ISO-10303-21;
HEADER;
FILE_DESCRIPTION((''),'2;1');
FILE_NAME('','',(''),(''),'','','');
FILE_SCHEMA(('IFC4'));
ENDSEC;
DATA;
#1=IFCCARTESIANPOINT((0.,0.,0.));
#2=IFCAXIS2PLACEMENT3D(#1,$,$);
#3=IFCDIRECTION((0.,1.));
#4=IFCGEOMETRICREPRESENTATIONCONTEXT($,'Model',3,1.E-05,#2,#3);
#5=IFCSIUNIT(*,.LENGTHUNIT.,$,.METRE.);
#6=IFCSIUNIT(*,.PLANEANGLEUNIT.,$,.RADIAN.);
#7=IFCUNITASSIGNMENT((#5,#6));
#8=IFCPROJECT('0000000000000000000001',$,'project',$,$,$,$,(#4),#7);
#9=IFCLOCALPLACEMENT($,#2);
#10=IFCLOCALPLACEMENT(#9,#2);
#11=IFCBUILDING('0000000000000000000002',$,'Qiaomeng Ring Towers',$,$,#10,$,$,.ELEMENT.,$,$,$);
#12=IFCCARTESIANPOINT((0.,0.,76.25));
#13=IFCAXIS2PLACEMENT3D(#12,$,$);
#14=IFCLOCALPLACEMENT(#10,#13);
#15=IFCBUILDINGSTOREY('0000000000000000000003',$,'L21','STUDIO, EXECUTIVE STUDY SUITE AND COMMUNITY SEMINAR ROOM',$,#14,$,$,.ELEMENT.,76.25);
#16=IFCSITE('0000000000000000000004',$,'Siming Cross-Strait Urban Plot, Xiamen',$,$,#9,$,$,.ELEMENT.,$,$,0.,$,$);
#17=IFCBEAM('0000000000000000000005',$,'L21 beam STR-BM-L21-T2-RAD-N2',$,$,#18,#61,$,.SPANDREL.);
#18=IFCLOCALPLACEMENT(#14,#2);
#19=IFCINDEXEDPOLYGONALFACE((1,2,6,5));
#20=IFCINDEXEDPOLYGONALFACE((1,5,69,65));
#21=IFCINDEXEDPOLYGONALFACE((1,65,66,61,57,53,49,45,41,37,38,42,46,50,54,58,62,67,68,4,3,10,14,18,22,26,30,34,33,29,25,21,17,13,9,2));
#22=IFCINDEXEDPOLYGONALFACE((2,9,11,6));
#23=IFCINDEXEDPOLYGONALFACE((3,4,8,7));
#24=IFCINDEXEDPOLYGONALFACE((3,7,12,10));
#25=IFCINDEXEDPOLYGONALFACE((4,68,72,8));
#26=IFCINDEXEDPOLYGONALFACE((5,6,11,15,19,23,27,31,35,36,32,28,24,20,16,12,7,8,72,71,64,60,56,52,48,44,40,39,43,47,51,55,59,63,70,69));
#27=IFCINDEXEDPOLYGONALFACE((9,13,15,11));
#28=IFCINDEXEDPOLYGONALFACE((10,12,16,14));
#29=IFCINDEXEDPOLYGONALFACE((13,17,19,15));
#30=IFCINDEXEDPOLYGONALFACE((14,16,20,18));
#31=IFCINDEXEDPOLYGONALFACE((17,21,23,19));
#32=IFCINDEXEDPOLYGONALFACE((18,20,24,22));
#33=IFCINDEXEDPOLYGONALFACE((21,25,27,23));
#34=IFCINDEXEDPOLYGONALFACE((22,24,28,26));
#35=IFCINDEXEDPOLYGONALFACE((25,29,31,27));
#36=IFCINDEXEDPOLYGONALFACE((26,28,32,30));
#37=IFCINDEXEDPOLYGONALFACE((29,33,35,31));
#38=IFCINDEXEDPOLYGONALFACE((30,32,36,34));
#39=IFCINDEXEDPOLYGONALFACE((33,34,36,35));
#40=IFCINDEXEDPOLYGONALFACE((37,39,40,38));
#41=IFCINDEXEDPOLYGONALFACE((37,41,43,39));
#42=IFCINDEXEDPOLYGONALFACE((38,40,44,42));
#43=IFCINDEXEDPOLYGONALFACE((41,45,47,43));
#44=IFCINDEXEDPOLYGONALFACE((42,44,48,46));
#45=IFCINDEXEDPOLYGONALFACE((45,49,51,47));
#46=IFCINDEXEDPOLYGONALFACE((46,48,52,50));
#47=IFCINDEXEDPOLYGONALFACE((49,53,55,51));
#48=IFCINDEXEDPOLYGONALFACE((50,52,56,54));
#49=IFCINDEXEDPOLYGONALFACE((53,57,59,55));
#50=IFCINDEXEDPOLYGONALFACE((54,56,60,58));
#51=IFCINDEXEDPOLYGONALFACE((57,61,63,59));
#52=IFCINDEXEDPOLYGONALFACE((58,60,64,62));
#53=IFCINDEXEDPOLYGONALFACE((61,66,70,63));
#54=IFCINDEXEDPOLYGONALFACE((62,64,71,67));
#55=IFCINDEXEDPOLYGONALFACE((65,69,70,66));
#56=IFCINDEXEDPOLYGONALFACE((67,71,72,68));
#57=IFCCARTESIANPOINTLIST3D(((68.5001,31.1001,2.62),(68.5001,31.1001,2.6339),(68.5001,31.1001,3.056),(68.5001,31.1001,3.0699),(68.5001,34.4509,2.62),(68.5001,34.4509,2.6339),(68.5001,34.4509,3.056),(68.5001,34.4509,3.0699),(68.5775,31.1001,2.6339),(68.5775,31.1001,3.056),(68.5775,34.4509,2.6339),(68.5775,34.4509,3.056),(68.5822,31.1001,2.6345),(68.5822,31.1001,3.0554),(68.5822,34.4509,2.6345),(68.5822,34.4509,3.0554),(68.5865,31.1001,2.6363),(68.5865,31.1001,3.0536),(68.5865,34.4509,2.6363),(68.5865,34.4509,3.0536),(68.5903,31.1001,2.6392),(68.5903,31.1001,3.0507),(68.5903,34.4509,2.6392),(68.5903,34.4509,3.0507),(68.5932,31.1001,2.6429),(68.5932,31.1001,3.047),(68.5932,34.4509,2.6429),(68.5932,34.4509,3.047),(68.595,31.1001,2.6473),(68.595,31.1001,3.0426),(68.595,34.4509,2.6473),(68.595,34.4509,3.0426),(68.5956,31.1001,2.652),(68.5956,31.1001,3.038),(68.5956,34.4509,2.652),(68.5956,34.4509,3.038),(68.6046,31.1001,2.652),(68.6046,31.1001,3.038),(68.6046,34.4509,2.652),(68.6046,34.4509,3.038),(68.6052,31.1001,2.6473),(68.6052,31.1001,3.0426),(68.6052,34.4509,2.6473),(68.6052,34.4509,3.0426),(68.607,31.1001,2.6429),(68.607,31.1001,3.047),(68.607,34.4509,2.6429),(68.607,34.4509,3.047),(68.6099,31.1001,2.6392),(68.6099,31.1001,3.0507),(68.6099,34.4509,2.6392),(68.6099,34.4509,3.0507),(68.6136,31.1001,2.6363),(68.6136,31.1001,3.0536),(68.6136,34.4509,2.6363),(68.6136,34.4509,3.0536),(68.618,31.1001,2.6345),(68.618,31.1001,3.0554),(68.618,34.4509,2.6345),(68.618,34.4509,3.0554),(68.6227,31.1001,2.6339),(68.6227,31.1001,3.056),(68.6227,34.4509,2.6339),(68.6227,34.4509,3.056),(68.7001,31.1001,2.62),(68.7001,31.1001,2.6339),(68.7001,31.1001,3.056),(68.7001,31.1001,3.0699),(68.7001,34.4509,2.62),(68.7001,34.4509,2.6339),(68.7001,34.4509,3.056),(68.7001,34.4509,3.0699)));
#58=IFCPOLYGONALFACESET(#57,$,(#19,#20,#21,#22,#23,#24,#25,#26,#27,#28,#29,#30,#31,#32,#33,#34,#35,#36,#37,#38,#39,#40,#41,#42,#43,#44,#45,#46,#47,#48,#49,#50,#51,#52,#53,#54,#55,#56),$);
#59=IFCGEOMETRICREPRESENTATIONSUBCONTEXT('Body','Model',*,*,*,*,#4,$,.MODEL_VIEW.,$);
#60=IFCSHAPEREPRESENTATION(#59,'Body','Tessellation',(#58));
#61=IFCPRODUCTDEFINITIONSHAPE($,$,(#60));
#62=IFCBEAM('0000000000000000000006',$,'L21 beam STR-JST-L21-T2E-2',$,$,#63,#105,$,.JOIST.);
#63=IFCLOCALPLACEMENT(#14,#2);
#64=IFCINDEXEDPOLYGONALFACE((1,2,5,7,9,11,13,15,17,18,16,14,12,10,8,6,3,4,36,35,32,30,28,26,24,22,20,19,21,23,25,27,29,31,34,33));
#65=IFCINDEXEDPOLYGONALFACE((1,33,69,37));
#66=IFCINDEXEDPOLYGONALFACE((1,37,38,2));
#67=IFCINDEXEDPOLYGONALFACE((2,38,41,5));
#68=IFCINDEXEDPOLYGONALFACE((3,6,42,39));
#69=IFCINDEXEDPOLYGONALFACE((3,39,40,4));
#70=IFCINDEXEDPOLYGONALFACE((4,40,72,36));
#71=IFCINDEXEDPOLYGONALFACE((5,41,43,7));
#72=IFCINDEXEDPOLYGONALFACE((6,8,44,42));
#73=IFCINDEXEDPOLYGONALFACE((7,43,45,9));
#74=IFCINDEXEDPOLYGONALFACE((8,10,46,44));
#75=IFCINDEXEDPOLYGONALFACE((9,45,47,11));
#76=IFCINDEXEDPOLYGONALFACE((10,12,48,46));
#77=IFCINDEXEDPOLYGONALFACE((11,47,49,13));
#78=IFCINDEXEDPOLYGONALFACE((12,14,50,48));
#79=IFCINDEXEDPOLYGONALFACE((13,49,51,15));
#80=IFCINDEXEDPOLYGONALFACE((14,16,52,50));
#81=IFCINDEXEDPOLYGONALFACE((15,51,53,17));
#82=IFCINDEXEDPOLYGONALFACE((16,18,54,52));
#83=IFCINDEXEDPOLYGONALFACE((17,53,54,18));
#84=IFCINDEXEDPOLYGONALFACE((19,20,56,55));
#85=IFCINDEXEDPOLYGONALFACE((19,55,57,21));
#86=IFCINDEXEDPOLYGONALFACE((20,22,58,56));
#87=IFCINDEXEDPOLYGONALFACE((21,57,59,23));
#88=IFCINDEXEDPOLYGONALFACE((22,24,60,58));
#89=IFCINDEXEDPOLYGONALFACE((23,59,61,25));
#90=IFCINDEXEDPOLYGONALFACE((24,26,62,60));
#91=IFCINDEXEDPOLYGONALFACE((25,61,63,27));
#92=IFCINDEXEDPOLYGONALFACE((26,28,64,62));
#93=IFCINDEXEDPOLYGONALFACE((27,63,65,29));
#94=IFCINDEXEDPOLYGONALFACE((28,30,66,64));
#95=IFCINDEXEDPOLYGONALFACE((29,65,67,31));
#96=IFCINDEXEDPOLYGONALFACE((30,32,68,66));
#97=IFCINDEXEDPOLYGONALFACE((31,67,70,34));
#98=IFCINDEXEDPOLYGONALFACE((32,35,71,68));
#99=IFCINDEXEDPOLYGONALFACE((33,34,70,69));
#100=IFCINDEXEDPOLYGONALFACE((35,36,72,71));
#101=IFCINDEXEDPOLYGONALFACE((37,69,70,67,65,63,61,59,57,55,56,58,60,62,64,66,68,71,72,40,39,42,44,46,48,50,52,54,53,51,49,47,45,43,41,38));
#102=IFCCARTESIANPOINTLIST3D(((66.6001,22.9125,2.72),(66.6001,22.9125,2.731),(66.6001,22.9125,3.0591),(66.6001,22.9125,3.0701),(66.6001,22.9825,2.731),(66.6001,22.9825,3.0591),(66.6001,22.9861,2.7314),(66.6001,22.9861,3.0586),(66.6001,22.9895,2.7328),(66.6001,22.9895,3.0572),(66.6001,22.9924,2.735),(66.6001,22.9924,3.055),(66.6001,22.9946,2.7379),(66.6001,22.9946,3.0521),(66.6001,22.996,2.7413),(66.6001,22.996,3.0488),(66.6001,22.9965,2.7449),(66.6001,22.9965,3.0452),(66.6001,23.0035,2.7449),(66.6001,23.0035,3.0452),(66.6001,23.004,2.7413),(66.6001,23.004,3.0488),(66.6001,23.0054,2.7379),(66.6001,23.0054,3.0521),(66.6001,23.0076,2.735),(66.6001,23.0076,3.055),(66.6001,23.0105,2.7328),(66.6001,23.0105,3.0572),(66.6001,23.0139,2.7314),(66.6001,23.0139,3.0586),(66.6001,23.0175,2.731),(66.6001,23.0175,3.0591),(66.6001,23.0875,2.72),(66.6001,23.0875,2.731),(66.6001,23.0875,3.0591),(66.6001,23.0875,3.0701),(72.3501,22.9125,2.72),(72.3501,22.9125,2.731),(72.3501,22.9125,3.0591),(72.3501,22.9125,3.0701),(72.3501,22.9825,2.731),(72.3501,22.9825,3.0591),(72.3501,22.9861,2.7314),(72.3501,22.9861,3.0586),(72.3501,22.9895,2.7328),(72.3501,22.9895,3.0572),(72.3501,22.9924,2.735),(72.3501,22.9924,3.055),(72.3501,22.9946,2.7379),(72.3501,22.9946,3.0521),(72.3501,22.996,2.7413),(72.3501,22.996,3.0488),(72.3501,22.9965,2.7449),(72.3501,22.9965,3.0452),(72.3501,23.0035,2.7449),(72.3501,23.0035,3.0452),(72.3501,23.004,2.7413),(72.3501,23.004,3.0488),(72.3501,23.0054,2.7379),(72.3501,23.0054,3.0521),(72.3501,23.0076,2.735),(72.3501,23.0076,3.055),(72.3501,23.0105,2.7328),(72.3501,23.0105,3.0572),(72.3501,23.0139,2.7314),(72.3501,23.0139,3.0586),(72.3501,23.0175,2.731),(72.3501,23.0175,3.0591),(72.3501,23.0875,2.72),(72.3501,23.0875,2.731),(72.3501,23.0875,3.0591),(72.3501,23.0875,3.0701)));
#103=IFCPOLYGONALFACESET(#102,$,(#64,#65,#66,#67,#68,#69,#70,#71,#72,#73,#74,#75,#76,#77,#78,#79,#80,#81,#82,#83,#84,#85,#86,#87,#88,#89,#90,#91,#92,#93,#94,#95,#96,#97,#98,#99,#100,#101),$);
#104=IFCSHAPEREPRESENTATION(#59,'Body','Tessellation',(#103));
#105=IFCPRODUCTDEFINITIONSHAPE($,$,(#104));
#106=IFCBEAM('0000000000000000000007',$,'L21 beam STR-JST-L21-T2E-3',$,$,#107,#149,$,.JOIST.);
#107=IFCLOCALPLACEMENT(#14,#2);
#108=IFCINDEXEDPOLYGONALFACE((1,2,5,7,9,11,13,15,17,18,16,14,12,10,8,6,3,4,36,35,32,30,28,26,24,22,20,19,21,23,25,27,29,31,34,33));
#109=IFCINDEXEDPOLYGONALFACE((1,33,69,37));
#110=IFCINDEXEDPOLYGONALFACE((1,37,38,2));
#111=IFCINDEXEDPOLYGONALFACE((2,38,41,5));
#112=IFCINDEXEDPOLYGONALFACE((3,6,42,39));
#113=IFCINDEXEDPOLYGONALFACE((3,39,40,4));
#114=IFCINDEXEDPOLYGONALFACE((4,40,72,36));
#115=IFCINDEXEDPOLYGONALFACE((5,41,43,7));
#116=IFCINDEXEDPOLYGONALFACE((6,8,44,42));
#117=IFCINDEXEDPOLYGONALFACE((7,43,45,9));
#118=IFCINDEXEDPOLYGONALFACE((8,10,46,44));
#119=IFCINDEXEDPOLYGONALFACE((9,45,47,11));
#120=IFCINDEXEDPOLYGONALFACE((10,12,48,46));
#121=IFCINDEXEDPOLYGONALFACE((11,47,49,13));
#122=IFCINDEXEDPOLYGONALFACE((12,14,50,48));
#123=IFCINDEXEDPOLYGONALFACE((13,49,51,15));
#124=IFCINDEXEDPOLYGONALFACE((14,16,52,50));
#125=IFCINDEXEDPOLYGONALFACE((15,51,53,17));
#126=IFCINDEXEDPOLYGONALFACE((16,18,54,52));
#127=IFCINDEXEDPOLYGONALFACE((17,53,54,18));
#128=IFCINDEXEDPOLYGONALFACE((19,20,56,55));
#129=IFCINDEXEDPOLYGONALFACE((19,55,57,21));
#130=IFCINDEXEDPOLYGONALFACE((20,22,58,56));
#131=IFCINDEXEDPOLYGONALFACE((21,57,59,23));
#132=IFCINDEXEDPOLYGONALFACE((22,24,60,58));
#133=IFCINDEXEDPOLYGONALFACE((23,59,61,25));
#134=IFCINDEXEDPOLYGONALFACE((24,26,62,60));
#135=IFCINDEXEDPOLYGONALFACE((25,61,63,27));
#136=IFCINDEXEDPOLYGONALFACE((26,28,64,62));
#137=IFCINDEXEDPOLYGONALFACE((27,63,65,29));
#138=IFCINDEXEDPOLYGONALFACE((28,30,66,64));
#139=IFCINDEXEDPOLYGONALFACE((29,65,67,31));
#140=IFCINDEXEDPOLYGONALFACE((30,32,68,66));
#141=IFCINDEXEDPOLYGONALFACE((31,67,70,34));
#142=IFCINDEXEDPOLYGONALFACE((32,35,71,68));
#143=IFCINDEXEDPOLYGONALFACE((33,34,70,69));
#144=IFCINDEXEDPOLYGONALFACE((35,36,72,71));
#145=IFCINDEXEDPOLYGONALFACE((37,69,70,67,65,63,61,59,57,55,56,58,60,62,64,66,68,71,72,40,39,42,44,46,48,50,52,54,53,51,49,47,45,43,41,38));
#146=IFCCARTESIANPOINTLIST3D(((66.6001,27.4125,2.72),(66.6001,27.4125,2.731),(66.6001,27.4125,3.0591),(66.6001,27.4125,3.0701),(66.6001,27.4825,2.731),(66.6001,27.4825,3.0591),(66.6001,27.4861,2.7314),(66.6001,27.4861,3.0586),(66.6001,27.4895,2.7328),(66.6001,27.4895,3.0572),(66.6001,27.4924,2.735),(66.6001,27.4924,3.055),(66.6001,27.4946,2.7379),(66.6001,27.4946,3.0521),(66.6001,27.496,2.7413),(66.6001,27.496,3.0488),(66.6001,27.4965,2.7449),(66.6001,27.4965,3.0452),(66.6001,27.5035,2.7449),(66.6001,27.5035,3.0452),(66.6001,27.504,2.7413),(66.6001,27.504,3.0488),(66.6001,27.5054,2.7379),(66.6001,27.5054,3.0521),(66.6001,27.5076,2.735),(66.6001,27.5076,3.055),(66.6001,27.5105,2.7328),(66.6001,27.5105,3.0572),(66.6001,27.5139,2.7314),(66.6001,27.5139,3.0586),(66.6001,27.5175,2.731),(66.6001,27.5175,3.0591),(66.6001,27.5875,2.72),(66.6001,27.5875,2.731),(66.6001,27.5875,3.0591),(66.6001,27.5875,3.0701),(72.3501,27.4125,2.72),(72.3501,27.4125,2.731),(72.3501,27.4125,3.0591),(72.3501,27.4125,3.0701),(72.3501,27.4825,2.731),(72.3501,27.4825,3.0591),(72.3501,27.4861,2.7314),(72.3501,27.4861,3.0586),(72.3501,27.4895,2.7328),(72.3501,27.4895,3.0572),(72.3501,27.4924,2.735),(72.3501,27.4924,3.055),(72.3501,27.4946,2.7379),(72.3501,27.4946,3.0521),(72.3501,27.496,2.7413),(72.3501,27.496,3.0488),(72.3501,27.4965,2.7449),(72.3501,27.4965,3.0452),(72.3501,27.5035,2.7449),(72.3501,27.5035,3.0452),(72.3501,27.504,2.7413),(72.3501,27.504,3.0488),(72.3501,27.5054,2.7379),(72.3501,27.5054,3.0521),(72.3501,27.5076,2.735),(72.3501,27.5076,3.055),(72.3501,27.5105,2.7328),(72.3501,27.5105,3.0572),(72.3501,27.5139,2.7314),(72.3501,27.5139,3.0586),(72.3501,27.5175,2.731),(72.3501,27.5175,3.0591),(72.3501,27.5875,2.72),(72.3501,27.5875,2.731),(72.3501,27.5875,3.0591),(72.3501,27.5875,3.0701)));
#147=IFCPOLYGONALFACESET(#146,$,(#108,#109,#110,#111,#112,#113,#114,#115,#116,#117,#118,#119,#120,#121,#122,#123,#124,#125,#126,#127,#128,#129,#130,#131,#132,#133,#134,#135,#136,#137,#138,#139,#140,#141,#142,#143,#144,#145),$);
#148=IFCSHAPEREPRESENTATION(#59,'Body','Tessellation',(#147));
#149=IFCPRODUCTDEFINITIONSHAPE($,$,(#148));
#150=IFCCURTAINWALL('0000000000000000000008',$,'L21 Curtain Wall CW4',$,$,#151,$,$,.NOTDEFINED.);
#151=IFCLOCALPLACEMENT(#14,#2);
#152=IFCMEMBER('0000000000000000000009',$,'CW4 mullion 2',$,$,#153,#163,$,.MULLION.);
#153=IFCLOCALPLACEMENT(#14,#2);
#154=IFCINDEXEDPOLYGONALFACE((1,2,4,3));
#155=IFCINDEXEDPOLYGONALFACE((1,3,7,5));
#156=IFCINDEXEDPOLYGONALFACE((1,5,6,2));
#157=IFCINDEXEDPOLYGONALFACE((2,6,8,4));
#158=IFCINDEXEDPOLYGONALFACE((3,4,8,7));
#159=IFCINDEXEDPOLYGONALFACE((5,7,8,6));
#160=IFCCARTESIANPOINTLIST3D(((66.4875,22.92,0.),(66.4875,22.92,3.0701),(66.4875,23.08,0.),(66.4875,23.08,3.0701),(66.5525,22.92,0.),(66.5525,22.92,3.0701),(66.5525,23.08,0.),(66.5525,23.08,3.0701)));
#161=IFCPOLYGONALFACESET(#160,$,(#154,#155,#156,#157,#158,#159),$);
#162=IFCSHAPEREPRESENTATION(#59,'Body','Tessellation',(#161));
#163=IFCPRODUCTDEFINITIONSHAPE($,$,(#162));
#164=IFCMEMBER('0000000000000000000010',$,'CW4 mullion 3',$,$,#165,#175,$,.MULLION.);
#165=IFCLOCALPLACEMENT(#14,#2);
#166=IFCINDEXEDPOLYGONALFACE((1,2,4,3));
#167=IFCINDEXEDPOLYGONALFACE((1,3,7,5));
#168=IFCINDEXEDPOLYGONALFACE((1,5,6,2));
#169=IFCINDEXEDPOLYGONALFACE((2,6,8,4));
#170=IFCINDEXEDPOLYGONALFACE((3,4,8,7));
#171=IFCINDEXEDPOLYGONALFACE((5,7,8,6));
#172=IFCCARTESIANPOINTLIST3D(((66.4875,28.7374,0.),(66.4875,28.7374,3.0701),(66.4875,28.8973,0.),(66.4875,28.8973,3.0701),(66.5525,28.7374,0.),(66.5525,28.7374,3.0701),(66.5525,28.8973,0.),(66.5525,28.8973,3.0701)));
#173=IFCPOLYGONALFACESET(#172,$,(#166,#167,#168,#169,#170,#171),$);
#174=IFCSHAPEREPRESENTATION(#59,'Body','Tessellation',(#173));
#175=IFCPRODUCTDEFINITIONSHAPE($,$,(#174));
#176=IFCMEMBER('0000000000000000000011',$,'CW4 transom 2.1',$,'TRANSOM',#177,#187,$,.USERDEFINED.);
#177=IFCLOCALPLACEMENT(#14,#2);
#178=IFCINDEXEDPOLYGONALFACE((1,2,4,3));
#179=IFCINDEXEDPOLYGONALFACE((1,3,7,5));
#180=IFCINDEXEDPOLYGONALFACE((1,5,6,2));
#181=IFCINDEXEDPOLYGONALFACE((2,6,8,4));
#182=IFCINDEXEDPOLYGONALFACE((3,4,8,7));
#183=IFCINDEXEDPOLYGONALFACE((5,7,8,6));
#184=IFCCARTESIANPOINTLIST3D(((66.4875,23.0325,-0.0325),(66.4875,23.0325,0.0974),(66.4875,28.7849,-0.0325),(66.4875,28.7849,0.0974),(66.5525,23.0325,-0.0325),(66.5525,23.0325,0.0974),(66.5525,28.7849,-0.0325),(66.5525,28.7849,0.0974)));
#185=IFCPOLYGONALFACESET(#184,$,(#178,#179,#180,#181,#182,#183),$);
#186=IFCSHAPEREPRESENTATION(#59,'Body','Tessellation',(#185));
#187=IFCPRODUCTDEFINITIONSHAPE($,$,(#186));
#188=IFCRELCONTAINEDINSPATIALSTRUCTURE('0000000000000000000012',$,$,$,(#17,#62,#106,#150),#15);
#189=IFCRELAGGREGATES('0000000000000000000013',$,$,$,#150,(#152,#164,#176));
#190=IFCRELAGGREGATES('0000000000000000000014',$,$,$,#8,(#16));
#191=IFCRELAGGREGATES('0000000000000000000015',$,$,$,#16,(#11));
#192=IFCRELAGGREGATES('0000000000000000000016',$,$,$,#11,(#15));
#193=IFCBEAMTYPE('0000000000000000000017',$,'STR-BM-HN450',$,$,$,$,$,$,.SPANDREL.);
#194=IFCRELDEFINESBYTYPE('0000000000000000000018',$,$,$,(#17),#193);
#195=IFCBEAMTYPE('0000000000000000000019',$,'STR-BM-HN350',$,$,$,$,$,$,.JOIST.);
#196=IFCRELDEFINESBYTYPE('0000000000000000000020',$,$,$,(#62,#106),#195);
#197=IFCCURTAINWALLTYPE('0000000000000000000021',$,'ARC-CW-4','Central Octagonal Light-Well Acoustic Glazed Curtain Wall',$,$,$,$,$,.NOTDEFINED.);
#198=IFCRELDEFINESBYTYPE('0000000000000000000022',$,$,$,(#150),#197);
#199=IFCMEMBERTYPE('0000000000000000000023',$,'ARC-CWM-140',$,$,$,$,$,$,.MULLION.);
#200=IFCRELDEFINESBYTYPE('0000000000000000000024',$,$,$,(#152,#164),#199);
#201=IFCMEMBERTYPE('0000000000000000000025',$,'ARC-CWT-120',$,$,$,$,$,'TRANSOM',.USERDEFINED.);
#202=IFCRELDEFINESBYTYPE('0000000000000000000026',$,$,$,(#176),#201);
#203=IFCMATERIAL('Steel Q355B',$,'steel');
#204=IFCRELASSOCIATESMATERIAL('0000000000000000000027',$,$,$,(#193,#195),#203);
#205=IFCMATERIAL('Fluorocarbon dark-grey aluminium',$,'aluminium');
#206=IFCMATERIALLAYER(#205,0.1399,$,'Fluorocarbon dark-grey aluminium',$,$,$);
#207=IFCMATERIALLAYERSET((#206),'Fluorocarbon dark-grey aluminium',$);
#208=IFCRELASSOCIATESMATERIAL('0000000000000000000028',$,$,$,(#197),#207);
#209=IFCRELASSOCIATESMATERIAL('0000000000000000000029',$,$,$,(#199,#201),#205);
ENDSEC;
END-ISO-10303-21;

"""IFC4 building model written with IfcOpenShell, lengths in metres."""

from ifc_helpers import new_model, si_unit, direction, frame, origin, origin_2d, place, context, subcontext, project, spatial, rectangle, i_section, extrude, source, transform, mapped, material, layer, layer_set, material_profile, profile_set, type_object, element, aggregate, save


model = new_model("IFC4")

# Units and contexts
model_context = context("Model", 3, precision=1e-05, world=origin(), true_north=direction((0.0, 1.0)))
body_context = subcontext(model_context, "Body", "Model", "MODEL_VIEW")
ifc_project = project(units=[si_unit("LENGTHUNIT", "METRE"), si_unit("PLANEANGLEUNIT", "RADIAN")], contexts=[model_context])

# Site, building, storey
site_placement = place(None, origin())
site = spatial("IfcSite", under=ifc_project, at=site_placement, Name="Siming Cross-Strait Urban Plot, Xiamen", CompositionType="ELEMENT", RefElevation=0.0)
building_placement = place(site_placement, origin())
building = spatial("IfcBuilding", under=site, at=building_placement, Name="Qiaomeng Ring Towers", CompositionType="ELEMENT")
storey_placement = place(building_placement, frame((0.0, 0.0, 76.25)))
storey = spatial("IfcBuildingStorey", under=building, at=storey_placement, Name="L21", Description="STUDIO, EXECUTIVE STUDY SUITE AND COMMUNITY SEMINAR ROOM", CompositionType="ELEMENT", Elevation=76.25)

# Beams
ifc_material_1 = material(Name="Steel Q355B", Category="steel")
ifc_material_profile_1 = material_profile(ifc_material_1, i_section(OverallWidth=0.2, OverallDepth=0.45, WebThickness=0.009, FlangeThickness=0.0139, FilletRadius=0.0181, at=origin_2d()), Name="HN 450x200x9x14")
ifc_profile_set_1 = profile_set([ifc_material_profile_1], Name="Steel Q355B")
beam_type_1 = type_object("IfcBeamType", Name="STR-BM-HN450", PredefinedType="SPANDREL", material=ifc_profile_set_1)
shared_shape_1 = source(origin(), body_context, "Body", "SweptSolid", [
    extrude(i_section(OverallWidth=0.2, OverallDepth=0.45, WebThickness=0.009, FlangeThickness=0.0139, FilletRadius=0.0181, at=origin_2d()), origin(), (0.0, 0.0, 1.0), 3.3508),
])
beam_1_placement = place(storey_placement, frame((68.6001, 34.4509, 2.845), z_axis=(0.0, -1.0, 0.0), x_axis=(1.0, 0.0, 0.0)))
element("IfcBeam", 1, at=beam_1_placement, inside=storey, type_object=beam_type_1, Name="L21 beam STR-BM-L21-T2-RAD-N2", PredefinedType="SPANDREL", context=body_context, shape_type="MappedRepresentation", body=[
    mapped(shared_shape_1, transform((0.0, 0.0, 0.0), x_axis=(1.0, 0.0, 0.0), y_axis=(0.0, 1.0, 0.0), z_axis=(0.0, 0.0, 1.0), scale=1.0)),
])
ifc_material_profile_2 = material_profile(ifc_material_1, i_section(OverallWidth=0.175, OverallDepth=0.3501, WebThickness=0.0071, FlangeThickness=0.011, FilletRadius=0.0139, at=origin_2d()), Name="HN 350x175x7x11")
ifc_profile_set_2 = profile_set([ifc_material_profile_2], Name="Steel Q355B")
beam_type_2 = type_object("IfcBeamType", Name="STR-BM-HN350", PredefinedType="JOIST", material=ifc_profile_set_2)
shared_shape_2 = source(origin(), body_context, "Body", "SweptSolid", [
    extrude(i_section(OverallWidth=0.175, OverallDepth=0.3501, WebThickness=0.0071, FlangeThickness=0.011, FilletRadius=0.0139, at=origin_2d()), origin(), (0.0, 0.0, 1.0), 5.75),
])
for number, where, z_axis, x_axis, name in (
    (2, (66.6001, 23.0, 2.895), (1.0, 0.0, 0.0), (0.0, 1.0, 0.0), "L21 beam STR-JST-L21-T2E-2"),
    (3, (66.6001, 27.5, 2.895), (1.0, 0.0, 0.0), (0.0, 1.0, 0.0), "L21 beam STR-JST-L21-T2E-3"),
):
    element("IfcBeam", number, at=place(storey_placement, frame(where, z_axis=z_axis, x_axis=x_axis)), inside=storey, type_object=beam_type_2, Name=name, PredefinedType="JOIST", context=body_context, shape_type="MappedRepresentation", body=[
        mapped(shared_shape_2, transform((0.0, 0.0, 0.0), x_axis=(1.0, 0.0, 0.0), y_axis=(0.0, 1.0, 0.0), z_axis=(0.0, 0.0, 1.0), scale=1.0)),
    ])

# Curtain wall, members
ifc_material_2 = material(Name="Fluorocarbon dark-grey aluminium", Category="aluminium")
ifc_layer_1 = layer(ifc_material_2, 0.1399, Name="Fluorocarbon dark-grey aluminium")
ifc_layer_set_1 = layer_set([ifc_layer_1], Name="Fluorocarbon dark-grey aluminium")
curtain_wall_type_1 = type_object("IfcCurtainWallType", Name="ARC-CW-4", Description="Central Octagonal Light-Well Acoustic Glazed Curtain Wall", PredefinedType="NOTDEFINED", material=ifc_layer_set_1)
curtain_wall_1_placement = place(storey_placement, origin())
curtain_wall_1 = element("IfcCurtainWall", 4, at=curtain_wall_1_placement, inside=storey, type_object=curtain_wall_type_1, Name="L21 Curtain Wall CW4", PredefinedType="NOTDEFINED")
ifc_material_profile_3 = material_profile(ifc_material_2, rectangle(XDim=0.0649, YDim=0.1599, at=origin_2d()), Name="ALU MULL 65x160")
ifc_profile_set_3 = profile_set([ifc_material_profile_3], Name="Fluorocarbon dark-grey aluminium")
member_type_1 = type_object("IfcMemberType", Name="ARC-CWM-140", PredefinedType="MULLION", material=ifc_profile_set_3)
shared_shape_3 = source(origin(), body_context, "Body", "SweptSolid", [
    extrude(rectangle(XDim=0.0649, YDim=0.1599, at=origin_2d()), origin(), (0.0, 0.0, 1.0), 3.0701),
])
member_1_placement = place(storey_placement, frame((66.52, 23.0, 0.0), z_axis=(0.0, 0.0, 1.0), x_axis=(-1.0, 0.0, 0.0)))
member_1 = element("IfcMember", 5, at=member_1_placement, type_object=member_type_1, Name="CW4 mullion 2", PredefinedType="MULLION", context=body_context, shape_type="MappedRepresentation", body=[
    mapped(shared_shape_3, transform((0.0, 0.0, 0.0), x_axis=(1.0, 0.0, 0.0), y_axis=(0.0, 1.0, 0.0), z_axis=(0.0, 0.0, 1.0), scale=1.0)),
])
member_2_placement = place(storey_placement, frame((66.52, 28.8174, 0.0), z_axis=(0.0, 0.0, 1.0), x_axis=(-1.0, 0.0, 0.0)))
member_2 = element("IfcMember", 6, at=member_2_placement, type_object=member_type_1, Name="CW4 mullion 3", PredefinedType="MULLION", context=body_context, shape_type="MappedRepresentation", body=[
    mapped(shared_shape_3, transform((0.0, 0.0, 0.0), x_axis=(1.0, 0.0, 0.0), y_axis=(0.0, 1.0, 0.0), z_axis=(0.0, 0.0, 1.0), scale=1.0)),
])
ifc_material_profile_4 = material_profile(ifc_material_2, rectangle(XDim=0.0649, YDim=0.1299, at=origin_2d()), Name="ALU TRAN 65x130")
ifc_profile_set_4 = profile_set([ifc_material_profile_4], Name="Fluorocarbon dark-grey aluminium")
member_type_2 = type_object("IfcMemberType", Name="ARC-CWT-120", ElementType="TRANSOM", PredefinedType="USERDEFINED", material=ifc_profile_set_4)
shared_shape_4 = source(origin(), body_context, "Body", "SweptSolid", [
    extrude(rectangle(XDim=0.0649, YDim=0.1299, at=origin_2d()), origin(), (0.0, 0.0, 1.0), 5.7524),
])
member_3_placement = place(storey_placement, frame((66.52, 23.0325, 0.0325), z_axis=(0.0, 1.0, 0.0), x_axis=(-1.0, 0.0, 0.0)))
member_3 = element("IfcMember", 7, at=member_3_placement, type_object=member_type_2, Name="CW4 transom 2.1", ObjectType="TRANSOM", PredefinedType="USERDEFINED", context=body_context, shape_type="MappedRepresentation", body=[
    mapped(shared_shape_4, transform((0.0, 0.0, 0.0), x_axis=(1.0, 0.0, 0.0), y_axis=(0.0, 1.0, 0.0), z_axis=(0.0, 0.0, 1.0), scale=1.0)),
])

aggregate(curtain_wall_1, [member_1, member_2, member_3])

save(model, "model.ifc")
